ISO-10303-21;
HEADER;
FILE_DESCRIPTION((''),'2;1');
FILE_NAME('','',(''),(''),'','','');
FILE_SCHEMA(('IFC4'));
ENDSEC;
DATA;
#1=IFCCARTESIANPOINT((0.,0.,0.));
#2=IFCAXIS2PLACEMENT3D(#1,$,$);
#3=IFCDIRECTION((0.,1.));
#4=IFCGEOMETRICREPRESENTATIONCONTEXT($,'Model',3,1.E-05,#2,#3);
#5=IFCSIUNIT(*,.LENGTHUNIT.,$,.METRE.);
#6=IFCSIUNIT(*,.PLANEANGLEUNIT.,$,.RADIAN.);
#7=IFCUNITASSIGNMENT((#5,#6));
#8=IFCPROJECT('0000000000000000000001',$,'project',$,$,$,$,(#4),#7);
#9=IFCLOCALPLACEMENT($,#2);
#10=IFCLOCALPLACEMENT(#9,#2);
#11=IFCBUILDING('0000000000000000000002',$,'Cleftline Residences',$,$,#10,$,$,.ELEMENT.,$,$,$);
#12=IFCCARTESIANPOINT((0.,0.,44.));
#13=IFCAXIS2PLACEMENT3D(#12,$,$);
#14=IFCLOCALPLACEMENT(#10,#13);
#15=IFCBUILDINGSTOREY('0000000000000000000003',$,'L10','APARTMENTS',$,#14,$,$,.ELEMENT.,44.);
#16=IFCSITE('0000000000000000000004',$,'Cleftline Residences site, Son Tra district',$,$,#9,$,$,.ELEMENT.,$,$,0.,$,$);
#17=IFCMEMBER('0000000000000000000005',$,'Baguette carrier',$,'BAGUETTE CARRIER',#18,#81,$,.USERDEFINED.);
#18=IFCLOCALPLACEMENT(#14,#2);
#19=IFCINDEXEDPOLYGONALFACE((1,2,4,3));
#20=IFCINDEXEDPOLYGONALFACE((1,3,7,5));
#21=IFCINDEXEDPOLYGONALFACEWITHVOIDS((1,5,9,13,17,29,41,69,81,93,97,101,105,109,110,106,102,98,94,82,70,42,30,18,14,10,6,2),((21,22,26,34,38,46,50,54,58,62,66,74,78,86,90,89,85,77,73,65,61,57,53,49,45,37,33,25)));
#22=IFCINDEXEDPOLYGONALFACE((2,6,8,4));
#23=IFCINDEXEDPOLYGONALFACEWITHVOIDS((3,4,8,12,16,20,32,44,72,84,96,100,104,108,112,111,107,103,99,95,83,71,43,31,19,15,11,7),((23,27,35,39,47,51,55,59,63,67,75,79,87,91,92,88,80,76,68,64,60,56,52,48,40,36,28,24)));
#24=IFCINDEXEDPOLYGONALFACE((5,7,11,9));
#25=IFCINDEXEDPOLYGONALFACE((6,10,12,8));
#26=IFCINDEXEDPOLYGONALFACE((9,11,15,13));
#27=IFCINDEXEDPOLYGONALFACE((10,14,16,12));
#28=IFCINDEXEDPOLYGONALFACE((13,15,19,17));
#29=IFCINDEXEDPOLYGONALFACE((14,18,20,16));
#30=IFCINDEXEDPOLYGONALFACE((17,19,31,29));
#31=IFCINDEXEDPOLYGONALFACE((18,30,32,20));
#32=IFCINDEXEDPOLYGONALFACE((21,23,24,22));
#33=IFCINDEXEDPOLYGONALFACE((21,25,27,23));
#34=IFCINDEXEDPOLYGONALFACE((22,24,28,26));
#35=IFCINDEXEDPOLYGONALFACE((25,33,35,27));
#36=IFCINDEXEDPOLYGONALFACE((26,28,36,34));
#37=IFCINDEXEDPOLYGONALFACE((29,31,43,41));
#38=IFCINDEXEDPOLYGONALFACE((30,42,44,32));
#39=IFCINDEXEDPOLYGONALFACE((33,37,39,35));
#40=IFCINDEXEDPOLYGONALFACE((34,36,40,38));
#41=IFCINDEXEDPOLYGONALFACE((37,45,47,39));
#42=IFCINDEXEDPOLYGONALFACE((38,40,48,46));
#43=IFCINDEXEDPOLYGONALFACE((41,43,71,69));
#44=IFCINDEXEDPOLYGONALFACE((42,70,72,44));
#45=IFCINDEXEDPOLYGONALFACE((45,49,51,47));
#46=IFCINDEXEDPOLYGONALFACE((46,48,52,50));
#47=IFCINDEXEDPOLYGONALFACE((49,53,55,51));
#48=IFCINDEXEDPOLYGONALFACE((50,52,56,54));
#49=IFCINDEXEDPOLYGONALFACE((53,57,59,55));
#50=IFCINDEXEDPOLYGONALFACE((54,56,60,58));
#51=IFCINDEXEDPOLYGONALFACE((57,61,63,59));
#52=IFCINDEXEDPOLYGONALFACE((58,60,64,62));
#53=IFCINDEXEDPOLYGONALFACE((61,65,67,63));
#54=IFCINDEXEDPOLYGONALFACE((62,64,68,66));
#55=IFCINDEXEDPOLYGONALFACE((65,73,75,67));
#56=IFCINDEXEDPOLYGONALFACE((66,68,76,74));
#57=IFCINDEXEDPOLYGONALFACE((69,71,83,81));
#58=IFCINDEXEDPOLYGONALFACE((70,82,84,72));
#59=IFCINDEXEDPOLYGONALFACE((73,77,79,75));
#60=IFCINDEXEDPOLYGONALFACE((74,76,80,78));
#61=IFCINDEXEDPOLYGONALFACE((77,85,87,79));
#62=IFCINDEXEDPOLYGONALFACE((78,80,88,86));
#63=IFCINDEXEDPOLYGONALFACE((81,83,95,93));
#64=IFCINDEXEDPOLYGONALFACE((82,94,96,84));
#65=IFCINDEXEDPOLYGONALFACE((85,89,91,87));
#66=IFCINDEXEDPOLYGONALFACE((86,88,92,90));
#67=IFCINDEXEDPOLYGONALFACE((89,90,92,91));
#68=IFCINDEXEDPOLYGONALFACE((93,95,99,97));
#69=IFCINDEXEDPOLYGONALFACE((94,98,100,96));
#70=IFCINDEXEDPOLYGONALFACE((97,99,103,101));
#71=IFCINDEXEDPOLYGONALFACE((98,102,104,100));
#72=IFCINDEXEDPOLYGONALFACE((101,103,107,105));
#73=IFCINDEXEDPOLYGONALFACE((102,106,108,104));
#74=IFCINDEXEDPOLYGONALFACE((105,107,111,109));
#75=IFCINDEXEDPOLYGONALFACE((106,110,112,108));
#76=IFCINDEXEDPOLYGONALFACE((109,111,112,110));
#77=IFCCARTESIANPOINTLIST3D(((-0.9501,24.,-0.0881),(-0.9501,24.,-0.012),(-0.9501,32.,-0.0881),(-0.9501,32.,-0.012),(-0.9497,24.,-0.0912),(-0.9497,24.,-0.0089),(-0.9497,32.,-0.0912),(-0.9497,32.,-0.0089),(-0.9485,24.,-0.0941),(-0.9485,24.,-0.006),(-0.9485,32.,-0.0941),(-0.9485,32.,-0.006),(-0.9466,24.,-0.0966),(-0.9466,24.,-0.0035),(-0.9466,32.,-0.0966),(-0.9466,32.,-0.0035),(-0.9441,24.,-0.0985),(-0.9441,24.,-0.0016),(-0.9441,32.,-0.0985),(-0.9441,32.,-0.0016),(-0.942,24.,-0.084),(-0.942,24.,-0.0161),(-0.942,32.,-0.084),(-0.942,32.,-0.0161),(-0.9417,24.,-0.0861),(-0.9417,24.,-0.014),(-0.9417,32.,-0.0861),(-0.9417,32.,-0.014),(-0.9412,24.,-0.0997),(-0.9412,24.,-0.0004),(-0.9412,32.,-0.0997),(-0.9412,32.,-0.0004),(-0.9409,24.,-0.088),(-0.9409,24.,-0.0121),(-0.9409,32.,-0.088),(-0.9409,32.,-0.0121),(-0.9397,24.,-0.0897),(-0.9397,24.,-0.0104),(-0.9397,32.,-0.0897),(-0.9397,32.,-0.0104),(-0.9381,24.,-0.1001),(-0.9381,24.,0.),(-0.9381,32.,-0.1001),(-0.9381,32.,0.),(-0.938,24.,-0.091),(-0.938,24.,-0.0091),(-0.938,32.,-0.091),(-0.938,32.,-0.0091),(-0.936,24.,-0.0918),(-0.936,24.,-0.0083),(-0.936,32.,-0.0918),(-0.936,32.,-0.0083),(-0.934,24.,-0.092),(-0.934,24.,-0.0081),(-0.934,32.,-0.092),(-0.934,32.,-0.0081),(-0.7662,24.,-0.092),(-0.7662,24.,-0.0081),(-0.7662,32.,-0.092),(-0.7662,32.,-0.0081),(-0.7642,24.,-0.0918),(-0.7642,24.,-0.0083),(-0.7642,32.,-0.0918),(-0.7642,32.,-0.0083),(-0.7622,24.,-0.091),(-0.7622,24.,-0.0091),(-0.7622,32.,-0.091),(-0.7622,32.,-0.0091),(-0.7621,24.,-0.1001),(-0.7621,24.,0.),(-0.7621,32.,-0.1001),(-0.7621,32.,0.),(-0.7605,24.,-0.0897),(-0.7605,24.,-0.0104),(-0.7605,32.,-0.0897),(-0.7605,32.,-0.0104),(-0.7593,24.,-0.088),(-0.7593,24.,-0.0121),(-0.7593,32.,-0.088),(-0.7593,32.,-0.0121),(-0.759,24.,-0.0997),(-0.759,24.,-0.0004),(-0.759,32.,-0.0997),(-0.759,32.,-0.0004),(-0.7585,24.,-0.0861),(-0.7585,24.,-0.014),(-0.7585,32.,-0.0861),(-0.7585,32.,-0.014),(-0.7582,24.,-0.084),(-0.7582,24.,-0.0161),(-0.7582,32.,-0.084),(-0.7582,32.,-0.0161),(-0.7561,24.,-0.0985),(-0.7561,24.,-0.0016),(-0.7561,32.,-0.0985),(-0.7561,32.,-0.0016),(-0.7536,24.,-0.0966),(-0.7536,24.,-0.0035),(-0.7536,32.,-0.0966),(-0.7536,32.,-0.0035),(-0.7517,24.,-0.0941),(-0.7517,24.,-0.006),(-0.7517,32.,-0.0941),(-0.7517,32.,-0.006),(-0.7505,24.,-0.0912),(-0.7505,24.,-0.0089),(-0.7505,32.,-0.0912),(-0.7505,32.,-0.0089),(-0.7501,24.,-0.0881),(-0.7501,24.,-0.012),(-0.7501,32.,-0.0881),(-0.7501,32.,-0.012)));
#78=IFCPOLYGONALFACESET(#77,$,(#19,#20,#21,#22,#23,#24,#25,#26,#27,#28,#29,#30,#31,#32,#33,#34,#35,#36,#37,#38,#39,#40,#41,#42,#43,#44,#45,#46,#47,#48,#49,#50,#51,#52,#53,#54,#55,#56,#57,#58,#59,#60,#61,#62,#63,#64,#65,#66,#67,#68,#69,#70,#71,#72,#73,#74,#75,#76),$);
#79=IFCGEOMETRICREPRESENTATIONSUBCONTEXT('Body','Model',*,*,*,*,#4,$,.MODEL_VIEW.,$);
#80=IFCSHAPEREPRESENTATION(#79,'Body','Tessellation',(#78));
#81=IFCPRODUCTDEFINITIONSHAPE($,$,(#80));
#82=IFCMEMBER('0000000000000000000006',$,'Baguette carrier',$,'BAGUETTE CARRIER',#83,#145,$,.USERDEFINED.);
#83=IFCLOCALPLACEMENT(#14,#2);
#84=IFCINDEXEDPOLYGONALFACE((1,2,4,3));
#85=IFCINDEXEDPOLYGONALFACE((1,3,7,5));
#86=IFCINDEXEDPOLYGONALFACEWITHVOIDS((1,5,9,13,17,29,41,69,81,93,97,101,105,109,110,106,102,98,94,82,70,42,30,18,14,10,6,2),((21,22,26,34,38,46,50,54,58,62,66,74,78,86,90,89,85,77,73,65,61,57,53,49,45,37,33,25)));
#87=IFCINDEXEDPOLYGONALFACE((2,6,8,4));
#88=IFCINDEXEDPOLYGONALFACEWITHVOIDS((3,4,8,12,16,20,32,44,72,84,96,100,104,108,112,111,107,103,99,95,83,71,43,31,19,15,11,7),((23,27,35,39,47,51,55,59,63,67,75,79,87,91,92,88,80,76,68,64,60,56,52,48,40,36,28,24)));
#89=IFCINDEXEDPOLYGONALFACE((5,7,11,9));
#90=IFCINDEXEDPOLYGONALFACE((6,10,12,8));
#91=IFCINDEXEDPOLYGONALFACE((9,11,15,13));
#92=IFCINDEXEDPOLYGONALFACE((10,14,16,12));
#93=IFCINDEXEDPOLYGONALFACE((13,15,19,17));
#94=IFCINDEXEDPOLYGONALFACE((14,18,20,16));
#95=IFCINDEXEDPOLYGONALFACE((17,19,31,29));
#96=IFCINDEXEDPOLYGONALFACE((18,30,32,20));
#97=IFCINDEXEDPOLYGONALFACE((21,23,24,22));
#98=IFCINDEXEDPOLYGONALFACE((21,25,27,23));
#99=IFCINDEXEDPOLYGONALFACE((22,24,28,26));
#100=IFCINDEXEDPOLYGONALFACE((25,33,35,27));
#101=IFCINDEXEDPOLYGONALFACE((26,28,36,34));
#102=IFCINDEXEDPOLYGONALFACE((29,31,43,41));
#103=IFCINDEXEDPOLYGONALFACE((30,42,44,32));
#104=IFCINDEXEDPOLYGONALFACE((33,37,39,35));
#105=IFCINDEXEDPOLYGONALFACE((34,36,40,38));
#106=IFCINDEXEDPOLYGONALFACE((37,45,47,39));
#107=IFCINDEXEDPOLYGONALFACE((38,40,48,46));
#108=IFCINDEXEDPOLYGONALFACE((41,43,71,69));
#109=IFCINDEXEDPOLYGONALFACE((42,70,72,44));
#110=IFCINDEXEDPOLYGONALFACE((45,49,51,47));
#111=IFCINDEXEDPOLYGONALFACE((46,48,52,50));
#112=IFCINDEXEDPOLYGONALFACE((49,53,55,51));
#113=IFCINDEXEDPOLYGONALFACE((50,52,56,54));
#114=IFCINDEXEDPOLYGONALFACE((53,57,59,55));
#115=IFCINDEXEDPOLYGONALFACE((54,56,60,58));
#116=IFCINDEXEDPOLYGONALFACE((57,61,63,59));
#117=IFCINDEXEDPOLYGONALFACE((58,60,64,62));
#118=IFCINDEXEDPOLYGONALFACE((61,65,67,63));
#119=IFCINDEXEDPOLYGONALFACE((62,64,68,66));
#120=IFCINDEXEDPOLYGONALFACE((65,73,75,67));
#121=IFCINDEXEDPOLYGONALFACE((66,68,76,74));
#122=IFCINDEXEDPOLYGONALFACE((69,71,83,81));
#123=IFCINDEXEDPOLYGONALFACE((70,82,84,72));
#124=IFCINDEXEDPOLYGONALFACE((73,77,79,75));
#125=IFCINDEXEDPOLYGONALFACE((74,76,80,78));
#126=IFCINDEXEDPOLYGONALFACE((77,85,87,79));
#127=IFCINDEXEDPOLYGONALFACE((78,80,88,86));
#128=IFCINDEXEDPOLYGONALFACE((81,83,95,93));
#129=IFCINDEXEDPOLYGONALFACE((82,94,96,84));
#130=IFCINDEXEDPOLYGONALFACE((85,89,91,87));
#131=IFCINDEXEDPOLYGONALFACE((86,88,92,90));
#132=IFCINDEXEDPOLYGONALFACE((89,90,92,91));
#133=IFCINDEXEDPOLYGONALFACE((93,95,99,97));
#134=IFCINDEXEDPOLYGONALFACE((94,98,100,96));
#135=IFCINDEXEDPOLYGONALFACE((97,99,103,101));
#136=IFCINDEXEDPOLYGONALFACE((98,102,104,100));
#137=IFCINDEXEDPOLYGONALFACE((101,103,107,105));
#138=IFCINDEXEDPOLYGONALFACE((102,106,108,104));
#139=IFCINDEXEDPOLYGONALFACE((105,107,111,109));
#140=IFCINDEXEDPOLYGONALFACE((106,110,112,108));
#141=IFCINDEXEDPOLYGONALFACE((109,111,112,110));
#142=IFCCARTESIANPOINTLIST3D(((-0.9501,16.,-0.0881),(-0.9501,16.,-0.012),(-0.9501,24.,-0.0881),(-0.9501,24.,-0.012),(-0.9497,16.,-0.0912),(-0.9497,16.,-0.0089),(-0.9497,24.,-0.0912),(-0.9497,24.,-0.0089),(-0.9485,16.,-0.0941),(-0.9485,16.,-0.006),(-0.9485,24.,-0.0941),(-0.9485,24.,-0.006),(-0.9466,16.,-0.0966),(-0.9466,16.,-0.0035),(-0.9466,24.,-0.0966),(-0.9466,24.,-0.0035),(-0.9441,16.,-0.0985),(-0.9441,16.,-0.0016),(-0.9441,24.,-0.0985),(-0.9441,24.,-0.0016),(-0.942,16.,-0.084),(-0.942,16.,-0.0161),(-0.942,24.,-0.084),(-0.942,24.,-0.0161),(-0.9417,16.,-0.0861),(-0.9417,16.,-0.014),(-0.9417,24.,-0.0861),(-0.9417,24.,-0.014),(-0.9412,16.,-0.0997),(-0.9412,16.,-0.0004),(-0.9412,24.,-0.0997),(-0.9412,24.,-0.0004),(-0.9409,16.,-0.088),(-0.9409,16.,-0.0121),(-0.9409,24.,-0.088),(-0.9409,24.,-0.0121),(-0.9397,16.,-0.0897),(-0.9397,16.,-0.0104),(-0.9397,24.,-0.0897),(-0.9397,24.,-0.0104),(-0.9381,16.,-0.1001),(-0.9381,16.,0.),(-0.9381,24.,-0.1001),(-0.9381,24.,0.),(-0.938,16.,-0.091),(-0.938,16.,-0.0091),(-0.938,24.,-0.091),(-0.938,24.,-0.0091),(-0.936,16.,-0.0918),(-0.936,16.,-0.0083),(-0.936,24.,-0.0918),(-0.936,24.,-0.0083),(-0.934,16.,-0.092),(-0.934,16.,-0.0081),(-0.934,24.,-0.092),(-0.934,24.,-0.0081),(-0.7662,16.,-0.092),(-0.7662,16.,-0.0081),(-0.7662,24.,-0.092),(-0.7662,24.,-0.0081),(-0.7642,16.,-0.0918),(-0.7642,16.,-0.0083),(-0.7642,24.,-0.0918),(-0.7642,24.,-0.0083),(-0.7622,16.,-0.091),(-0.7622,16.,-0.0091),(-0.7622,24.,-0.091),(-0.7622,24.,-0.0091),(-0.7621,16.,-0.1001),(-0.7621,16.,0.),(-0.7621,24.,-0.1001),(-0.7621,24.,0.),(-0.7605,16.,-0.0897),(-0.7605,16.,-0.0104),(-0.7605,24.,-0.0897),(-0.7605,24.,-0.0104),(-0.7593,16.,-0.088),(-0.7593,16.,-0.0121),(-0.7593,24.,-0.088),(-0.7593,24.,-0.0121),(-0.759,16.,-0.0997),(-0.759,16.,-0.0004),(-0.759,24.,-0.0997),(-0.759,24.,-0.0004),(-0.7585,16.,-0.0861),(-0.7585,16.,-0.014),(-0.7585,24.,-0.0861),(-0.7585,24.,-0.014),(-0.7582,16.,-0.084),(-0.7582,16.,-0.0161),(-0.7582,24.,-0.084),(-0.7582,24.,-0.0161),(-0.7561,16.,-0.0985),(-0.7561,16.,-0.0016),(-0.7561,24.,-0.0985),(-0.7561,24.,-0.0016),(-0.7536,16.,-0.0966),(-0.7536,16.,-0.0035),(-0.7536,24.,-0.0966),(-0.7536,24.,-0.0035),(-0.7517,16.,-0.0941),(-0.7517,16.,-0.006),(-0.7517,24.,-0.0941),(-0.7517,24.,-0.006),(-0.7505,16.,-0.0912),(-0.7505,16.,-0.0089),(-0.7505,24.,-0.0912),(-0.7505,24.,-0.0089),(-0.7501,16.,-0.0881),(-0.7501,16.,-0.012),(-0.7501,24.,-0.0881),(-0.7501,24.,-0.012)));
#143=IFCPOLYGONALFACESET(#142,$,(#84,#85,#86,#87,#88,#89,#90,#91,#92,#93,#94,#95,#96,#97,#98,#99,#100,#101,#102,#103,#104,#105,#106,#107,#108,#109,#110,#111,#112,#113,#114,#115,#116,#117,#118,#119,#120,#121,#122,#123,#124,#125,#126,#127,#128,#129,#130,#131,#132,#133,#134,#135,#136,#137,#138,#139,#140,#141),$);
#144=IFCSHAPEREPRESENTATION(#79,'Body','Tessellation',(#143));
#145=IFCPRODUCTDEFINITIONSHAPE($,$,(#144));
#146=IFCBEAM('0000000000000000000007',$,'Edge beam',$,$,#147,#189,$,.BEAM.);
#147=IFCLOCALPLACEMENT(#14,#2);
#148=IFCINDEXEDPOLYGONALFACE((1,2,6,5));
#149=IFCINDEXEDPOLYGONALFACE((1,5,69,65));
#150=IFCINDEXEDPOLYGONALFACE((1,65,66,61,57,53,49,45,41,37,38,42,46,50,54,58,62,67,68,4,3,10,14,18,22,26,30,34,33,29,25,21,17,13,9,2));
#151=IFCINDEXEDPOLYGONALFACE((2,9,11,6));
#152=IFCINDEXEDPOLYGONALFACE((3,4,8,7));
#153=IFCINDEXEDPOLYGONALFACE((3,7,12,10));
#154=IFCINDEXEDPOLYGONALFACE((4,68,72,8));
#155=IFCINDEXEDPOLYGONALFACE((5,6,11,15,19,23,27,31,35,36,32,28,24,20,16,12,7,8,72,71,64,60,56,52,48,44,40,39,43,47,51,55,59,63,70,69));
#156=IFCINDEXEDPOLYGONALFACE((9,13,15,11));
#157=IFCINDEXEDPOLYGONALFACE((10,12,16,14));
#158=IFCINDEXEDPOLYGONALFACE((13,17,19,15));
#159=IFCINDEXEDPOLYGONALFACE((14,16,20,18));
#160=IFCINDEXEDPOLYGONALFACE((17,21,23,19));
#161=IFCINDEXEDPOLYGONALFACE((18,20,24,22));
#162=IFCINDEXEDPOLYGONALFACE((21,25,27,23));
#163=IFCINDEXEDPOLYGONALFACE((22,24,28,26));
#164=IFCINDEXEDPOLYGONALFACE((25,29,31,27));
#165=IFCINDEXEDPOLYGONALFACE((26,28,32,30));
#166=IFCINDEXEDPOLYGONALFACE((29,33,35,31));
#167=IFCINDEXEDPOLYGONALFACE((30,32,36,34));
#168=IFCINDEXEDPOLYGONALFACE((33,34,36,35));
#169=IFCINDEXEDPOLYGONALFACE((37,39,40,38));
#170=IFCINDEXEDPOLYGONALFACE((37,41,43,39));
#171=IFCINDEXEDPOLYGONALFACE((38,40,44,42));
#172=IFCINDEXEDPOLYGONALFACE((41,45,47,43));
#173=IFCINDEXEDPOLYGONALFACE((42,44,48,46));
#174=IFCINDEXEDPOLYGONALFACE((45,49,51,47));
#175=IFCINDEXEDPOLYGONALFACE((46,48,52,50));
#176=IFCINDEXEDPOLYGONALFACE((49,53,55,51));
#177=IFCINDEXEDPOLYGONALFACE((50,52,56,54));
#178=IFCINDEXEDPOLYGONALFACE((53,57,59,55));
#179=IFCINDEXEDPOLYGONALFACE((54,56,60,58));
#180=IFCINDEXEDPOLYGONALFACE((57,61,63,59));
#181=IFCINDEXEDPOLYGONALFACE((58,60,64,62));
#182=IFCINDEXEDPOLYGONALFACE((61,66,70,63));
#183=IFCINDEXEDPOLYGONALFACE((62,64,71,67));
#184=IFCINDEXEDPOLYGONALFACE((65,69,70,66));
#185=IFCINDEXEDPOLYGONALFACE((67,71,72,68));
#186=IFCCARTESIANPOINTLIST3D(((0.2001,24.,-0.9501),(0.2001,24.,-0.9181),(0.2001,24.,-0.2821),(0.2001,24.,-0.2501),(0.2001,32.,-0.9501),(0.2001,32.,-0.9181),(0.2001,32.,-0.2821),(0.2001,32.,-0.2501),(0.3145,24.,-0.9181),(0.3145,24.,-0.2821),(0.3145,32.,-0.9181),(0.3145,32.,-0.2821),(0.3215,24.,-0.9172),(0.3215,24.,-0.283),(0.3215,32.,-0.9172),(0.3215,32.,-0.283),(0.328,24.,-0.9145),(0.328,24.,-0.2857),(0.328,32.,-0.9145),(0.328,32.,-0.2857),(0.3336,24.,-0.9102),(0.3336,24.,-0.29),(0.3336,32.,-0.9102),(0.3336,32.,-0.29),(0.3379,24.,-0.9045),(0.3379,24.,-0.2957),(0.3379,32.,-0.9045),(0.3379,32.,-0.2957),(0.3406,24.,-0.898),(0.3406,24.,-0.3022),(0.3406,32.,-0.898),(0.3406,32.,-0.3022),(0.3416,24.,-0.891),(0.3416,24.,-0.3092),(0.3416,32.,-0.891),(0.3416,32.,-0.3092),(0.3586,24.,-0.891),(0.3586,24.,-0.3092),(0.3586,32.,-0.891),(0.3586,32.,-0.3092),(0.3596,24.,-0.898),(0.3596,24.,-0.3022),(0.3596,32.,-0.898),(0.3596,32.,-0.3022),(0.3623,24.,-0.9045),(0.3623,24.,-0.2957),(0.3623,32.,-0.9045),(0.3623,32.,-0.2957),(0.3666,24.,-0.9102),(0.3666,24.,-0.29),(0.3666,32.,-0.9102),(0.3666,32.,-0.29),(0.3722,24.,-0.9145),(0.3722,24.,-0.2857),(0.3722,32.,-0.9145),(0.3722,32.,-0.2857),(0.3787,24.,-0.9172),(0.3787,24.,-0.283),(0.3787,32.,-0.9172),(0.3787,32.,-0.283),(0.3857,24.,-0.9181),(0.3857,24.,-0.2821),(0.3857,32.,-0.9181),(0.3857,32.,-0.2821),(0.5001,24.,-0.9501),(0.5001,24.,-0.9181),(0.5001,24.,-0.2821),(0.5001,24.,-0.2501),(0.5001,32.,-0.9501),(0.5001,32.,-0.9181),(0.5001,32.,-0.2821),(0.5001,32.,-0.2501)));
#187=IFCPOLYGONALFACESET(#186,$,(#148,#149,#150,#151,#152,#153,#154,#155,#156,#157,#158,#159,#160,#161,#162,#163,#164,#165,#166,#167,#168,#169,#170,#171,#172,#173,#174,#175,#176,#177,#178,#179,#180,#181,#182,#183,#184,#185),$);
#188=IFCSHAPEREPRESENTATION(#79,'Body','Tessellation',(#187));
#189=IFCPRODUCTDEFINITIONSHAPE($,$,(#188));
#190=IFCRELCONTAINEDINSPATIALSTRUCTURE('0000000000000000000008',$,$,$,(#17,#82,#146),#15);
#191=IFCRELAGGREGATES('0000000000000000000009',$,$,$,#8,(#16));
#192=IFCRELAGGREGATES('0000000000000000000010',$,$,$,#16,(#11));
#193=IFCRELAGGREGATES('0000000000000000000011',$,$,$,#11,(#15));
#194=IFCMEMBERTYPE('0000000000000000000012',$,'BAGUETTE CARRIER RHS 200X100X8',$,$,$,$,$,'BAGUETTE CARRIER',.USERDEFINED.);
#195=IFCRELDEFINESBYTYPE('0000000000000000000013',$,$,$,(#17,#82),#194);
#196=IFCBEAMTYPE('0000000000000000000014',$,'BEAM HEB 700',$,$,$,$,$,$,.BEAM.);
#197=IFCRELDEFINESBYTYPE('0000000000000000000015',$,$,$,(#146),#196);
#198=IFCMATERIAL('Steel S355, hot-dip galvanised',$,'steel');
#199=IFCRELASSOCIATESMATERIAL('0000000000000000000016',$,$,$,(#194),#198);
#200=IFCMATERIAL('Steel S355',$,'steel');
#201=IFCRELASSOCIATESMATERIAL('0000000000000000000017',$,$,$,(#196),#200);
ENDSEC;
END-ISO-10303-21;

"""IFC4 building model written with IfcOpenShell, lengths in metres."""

from ifc_helpers import new_model, si_unit, direction, frame, origin, origin_2d, place, context, subcontext, project, spatial, hollow_rectangle, i_section, extrude, material, material_profile, profile_set, type_object, element, save


model = new_model("IFC4")

# Units and contexts
model_context = context("Model", 3, precision=1e-05, world=origin(), true_north=direction((0.0, 1.0)))
body_context = subcontext(model_context, "Body", "Model", "MODEL_VIEW")
ifc_project = project(units=[si_unit("LENGTHUNIT", "METRE"), si_unit("PLANEANGLEUNIT", "RADIAN")], contexts=[model_context])

# Site, building, storey
site_placement = place(None, origin())
site = spatial("IfcSite", under=ifc_project, at=site_placement, Name="Cleftline Residences site, Son Tra district", CompositionType="ELEMENT", RefElevation=0.0)
building_placement = place(site_placement, origin())
building = spatial("IfcBuilding", under=site, at=building_placement, Name="Cleftline Residences", CompositionType="ELEMENT")
storey_placement = place(building_placement, frame((0.0, 0.0, 44.0)))
storey = spatial("IfcBuildingStorey", under=building, at=storey_placement, Name="L10", Description="APARTMENTS", CompositionType="ELEMENT", Elevation=44.0)

# Members
ifc_material_1 = material(Name="Steel S355, hot-dip galvanised", Category="steel")
ifc_material_profile_1 = material_profile(ifc_material_1, hollow_rectangle(XDim=0.1001, YDim=0.2, WallThickness=0.0081, InnerFilletRadius=0.0081, OuterFilletRadius=0.012, at=origin_2d()))
ifc_profile_set_1 = profile_set([ifc_material_profile_1], Name="Steel S355, hot-dip galvanised")
member_type_1 = type_object("IfcMemberType", Name="BAGUETTE CARRIER RHS 200X100X8", ElementType="BAGUETTE CARRIER", PredefinedType="USERDEFINED", material=ifc_profile_set_1)
for number, where, z_axis, x_axis, name in (
    (1, (-0.8501, 32.0, -0.05), (0.0, -1.0, 0.0), (0.0, 0.0, 1.0), "Baguette carrier"),
    (2, (-0.8501, 24.0, -0.05), (0.0, -1.0, 0.0), (0.0, 0.0, 1.0), "Baguette carrier"),
):
    element("IfcMember", number, at=place(storey_placement, frame(where, z_axis=z_axis, x_axis=x_axis)), inside=storey, type_object=member_type_1, Name=name, ObjectType="BAGUETTE CARRIER", PredefinedType="USERDEFINED", context=body_context, shape_type="SweptSolid", body=[
        extrude(hollow_rectangle(XDim=0.1001, YDim=0.2, WallThickness=0.0081, InnerFilletRadius=0.0081, OuterFilletRadius=0.012, at=origin_2d()), origin(), (0.0, 0.0, 1.0), 8.0),
    ])

# Beam
ifc_material_2 = material(Name="Steel S355", Category="steel")
ifc_material_profile_2 = material_profile(ifc_material_2, i_section(OverallWidth=0.3, OverallDepth=0.7, WebThickness=0.0171, FlangeThickness=0.032, FilletRadius=0.0271, at=origin_2d()))
ifc_profile_set_2 = profile_set([ifc_material_profile_2], Name="Steel S355")
beam_type_1 = type_object("IfcBeamType", Name="BEAM HEB 700", PredefinedType="BEAM", material=ifc_profile_set_2)
for number, where, z_axis, x_axis, name in (
    (3, (0.3501, 24.0, -0.6001), (0.0, 1.0, 0.0), (-1.0, 0.0, 0.0), "Edge beam"),
):
    element("IfcBeam", number, at=place(storey_placement, frame(where, z_axis=z_axis, x_axis=x_axis)), inside=storey, type_object=beam_type_1, Name=name, PredefinedType="BEAM", context=body_context, shape_type="SweptSolid", body=[
        extrude(i_section(OverallWidth=0.3, OverallDepth=0.7, WebThickness=0.0171, FlangeThickness=0.032, FilletRadius=0.0271, at=origin_2d()), origin(), (0.0, 0.0, 1.0), 8.0),
    ])

save(model, "model.ifc")
